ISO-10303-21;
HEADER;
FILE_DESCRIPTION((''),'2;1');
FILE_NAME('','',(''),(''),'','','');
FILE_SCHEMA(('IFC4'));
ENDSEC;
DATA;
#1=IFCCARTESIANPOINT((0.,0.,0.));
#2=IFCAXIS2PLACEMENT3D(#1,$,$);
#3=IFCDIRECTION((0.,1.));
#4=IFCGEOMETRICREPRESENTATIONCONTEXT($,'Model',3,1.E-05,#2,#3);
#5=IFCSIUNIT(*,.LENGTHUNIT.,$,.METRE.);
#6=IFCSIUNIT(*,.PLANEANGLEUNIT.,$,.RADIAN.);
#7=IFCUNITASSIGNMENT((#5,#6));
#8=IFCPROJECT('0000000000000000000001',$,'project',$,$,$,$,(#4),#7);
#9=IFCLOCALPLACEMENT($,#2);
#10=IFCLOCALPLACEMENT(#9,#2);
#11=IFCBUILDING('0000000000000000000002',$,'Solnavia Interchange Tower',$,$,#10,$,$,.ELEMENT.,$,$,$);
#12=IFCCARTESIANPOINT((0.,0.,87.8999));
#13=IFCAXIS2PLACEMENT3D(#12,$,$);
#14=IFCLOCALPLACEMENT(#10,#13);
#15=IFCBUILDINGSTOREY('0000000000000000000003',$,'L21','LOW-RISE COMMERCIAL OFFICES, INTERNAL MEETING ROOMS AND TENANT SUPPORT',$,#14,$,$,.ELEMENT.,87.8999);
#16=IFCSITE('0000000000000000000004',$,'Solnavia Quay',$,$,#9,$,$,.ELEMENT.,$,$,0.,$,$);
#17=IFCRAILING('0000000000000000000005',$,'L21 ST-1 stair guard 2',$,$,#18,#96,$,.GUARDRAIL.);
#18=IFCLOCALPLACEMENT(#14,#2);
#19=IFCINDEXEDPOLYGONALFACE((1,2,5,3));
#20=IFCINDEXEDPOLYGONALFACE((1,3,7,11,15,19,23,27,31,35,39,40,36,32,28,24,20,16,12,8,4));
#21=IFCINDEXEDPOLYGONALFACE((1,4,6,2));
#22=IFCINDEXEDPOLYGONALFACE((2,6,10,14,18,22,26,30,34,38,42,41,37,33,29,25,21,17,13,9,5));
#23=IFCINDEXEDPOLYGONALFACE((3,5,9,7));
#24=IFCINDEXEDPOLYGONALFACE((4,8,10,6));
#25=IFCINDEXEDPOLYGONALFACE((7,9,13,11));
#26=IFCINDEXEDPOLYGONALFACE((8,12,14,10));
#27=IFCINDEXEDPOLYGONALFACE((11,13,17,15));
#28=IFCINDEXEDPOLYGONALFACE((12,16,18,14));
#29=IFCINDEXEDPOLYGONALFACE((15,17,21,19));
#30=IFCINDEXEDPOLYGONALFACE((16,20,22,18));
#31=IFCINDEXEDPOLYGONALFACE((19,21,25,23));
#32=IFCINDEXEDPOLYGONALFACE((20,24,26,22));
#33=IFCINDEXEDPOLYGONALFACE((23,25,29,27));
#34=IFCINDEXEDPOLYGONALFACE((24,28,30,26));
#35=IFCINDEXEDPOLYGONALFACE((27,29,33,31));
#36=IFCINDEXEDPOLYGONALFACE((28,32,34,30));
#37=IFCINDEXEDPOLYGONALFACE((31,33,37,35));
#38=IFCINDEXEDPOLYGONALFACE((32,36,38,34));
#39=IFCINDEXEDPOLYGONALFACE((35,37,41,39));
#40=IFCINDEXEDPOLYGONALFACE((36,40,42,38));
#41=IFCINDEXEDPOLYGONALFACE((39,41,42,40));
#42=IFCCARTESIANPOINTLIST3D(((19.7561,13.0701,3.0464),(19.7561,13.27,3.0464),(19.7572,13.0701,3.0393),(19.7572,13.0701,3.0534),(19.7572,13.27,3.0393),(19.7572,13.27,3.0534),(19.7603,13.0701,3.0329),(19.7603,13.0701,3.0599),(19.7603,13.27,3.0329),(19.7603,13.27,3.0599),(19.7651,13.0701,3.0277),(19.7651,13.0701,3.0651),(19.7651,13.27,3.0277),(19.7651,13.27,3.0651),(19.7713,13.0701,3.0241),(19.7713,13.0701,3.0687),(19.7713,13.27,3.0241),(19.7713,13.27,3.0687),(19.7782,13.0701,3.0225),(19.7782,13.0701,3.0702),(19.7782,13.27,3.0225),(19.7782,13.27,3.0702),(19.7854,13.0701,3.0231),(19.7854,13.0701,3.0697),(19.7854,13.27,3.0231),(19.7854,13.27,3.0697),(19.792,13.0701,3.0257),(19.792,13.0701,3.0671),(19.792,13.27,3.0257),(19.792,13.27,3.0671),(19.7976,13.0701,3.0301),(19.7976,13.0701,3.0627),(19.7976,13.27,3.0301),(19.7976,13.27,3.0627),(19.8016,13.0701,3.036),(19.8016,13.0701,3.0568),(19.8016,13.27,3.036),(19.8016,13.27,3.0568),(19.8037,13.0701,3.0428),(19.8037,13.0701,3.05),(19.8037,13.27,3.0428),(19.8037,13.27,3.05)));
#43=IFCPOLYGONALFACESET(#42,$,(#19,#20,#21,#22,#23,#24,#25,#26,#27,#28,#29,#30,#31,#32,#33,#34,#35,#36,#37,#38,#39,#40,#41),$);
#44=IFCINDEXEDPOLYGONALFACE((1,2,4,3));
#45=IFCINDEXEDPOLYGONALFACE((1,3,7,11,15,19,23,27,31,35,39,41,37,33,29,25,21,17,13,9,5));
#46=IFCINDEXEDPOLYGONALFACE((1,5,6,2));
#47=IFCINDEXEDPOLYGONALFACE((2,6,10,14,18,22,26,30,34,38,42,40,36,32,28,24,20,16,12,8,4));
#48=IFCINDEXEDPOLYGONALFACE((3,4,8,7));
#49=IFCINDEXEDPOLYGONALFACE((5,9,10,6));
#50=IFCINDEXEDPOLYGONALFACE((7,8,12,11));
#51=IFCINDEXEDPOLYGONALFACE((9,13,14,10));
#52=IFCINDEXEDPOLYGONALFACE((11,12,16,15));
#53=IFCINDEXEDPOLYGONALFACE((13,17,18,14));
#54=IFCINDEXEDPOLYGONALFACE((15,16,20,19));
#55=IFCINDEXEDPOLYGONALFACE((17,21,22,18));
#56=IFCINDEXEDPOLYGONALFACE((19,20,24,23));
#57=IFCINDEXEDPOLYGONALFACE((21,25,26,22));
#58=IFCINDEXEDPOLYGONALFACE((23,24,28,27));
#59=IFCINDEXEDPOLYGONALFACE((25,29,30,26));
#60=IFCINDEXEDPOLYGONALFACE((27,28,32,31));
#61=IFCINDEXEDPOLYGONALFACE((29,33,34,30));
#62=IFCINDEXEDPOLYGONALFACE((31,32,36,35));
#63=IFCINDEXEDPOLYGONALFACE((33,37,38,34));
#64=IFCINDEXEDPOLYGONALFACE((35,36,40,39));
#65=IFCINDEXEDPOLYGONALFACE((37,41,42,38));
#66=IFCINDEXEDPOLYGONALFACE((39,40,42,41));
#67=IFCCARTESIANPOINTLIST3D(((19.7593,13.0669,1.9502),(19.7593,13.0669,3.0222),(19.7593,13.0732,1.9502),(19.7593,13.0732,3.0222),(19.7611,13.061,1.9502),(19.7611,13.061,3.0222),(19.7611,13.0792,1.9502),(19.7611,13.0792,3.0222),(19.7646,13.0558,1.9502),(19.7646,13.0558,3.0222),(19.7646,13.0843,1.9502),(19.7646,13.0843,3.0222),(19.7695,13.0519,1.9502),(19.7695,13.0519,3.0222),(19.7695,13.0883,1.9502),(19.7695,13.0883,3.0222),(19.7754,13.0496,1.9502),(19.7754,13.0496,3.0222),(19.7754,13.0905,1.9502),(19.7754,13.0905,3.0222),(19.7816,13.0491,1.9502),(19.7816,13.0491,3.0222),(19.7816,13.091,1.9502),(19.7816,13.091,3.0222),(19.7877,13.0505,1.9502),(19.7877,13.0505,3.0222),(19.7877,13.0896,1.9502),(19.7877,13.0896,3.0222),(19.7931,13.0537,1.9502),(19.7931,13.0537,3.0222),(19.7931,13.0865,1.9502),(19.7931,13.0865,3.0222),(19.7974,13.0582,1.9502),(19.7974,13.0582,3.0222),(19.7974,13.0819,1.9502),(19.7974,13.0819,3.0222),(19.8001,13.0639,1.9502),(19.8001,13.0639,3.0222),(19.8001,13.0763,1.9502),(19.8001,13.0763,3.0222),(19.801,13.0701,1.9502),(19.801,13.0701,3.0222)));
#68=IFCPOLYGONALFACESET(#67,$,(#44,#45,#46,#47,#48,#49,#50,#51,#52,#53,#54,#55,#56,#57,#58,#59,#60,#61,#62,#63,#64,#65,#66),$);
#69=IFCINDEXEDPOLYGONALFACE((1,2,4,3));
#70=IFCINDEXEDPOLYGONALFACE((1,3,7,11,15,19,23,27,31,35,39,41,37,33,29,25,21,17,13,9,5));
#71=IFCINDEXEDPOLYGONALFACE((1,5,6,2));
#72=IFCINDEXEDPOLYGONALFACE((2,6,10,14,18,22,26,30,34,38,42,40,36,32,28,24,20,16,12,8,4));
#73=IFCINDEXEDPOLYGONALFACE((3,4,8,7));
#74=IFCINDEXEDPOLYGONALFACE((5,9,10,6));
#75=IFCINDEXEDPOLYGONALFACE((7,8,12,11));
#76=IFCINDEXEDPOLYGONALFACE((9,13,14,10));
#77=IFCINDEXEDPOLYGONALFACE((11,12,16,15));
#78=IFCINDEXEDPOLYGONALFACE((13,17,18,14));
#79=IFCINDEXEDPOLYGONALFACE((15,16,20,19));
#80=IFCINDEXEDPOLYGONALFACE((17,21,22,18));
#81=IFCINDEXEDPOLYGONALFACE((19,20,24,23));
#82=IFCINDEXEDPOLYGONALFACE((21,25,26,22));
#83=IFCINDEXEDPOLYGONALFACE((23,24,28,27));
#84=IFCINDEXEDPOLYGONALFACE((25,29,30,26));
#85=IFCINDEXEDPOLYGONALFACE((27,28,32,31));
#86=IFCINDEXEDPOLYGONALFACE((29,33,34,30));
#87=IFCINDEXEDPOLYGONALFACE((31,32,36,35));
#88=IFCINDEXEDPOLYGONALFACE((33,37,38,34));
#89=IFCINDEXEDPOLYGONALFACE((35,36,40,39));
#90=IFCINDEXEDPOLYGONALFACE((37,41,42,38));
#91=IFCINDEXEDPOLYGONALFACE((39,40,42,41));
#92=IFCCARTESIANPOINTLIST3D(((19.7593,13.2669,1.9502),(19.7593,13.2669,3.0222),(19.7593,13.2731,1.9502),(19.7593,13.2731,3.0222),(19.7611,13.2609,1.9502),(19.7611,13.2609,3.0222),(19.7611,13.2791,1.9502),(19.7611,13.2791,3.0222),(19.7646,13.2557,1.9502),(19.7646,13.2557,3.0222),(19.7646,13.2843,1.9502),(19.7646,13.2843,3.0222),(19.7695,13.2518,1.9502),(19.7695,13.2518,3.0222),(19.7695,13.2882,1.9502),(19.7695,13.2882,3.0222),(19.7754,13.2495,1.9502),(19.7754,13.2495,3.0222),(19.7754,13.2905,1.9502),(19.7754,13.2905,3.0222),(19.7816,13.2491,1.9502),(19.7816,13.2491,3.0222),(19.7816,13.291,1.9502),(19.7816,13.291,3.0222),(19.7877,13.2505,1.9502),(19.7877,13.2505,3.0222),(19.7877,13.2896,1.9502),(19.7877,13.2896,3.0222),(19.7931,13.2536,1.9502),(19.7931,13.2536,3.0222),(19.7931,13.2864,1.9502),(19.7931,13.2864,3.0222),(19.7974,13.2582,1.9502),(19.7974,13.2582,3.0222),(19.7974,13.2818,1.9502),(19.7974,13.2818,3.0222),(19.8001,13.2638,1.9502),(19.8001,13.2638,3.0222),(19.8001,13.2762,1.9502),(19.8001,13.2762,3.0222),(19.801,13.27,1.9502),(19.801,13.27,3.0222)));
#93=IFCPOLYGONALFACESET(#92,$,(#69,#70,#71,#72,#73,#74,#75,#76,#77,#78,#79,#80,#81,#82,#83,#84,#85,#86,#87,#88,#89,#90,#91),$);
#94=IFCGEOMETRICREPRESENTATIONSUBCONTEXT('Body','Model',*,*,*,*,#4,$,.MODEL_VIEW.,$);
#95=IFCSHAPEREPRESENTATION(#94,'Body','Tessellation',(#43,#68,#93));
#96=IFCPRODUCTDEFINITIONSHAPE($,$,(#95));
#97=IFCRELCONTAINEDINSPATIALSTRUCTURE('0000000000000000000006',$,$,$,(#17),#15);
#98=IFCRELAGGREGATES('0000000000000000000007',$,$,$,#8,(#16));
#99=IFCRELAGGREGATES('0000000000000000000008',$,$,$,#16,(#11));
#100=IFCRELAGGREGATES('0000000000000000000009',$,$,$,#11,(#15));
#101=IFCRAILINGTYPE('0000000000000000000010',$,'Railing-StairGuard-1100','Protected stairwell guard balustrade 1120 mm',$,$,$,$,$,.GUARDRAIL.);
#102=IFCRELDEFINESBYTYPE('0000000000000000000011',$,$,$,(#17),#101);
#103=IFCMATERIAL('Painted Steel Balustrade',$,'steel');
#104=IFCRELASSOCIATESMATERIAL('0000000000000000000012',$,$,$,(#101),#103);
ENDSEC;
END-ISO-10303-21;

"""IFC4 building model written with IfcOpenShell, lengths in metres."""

from ifc_helpers import new_model, si_unit, direction, frame, origin, origin_2d, place, context, subcontext, project, spatial, circle, extrude, material, type_object, element, save


model = new_model("IFC4")

# Units and contexts
model_context = context("Model", 3, precision=1e-05, world=origin(), true_north=direction((0.0, 1.0)))
body_context = subcontext(model_context, "Body", "Model", "MODEL_VIEW")
ifc_project = project(units=[si_unit("LENGTHUNIT", "METRE"), si_unit("PLANEANGLEUNIT", "RADIAN")], contexts=[model_context])

# Site, building, storey
site_placement = place(None, origin())
site = spatial("IfcSite", under=ifc_project, at=site_placement, Name="Solnavia Quay", CompositionType="ELEMENT", RefElevation=0.0)
building_placement = place(site_placement, origin())
building = spatial("IfcBuilding", under=site, at=building_placement, Name="Solnavia Interchange Tower", CompositionType="ELEMENT")
storey_placement = place(building_placement, frame((0.0, 0.0, 87.8999)))
storey = spatial("IfcBuildingStorey", under=building, at=storey_placement, Name="L21", Description="LOW-RISE COMMERCIAL OFFICES, INTERNAL MEETING ROOMS AND TENANT SUPPORT", CompositionType="ELEMENT", Elevation=87.8999)

# Railing
ifc_material_1 = material(Name="Painted Steel Balustrade", Category="steel")
railing_type_1 = type_object("IfcRailingType", Name="Railing-StairGuard-1100", Description="Protected stairwell guard balustrade 1120 mm", PredefinedType="GUARDRAIL", material=ifc_material_1)
railing_1_placement = place(storey_placement, frame((19.78, 13.0701, 1.9502)))
element("IfcRailing", 1, at=railing_1_placement, inside=storey, type_object=railing_type_1, Name="L21 ST-1 stair guard 2", PredefinedType="GUARDRAIL", context=body_context, shape_type="SweptSolid", body=[
    extrude(circle(Radius=0.0239, at=origin_2d()), frame((0.0, 0.0, 1.0962), z_axis=(0.0, 1.0, 0.0), x_axis=(-1.0, 0.0, 0.0)), (0.0, 0.0, 1.0), 0.2),
    extrude(circle(Radius=0.021, at=origin_2d()), origin(), (0.0, 0.0, 1.0), 1.072),
    extrude(circle(Radius=0.021, at=origin_2d()), frame((0.0, 0.2, 0.0)), (0.0, 0.0, 1.0), 1.072),
])

save(model, "model.ifc")
